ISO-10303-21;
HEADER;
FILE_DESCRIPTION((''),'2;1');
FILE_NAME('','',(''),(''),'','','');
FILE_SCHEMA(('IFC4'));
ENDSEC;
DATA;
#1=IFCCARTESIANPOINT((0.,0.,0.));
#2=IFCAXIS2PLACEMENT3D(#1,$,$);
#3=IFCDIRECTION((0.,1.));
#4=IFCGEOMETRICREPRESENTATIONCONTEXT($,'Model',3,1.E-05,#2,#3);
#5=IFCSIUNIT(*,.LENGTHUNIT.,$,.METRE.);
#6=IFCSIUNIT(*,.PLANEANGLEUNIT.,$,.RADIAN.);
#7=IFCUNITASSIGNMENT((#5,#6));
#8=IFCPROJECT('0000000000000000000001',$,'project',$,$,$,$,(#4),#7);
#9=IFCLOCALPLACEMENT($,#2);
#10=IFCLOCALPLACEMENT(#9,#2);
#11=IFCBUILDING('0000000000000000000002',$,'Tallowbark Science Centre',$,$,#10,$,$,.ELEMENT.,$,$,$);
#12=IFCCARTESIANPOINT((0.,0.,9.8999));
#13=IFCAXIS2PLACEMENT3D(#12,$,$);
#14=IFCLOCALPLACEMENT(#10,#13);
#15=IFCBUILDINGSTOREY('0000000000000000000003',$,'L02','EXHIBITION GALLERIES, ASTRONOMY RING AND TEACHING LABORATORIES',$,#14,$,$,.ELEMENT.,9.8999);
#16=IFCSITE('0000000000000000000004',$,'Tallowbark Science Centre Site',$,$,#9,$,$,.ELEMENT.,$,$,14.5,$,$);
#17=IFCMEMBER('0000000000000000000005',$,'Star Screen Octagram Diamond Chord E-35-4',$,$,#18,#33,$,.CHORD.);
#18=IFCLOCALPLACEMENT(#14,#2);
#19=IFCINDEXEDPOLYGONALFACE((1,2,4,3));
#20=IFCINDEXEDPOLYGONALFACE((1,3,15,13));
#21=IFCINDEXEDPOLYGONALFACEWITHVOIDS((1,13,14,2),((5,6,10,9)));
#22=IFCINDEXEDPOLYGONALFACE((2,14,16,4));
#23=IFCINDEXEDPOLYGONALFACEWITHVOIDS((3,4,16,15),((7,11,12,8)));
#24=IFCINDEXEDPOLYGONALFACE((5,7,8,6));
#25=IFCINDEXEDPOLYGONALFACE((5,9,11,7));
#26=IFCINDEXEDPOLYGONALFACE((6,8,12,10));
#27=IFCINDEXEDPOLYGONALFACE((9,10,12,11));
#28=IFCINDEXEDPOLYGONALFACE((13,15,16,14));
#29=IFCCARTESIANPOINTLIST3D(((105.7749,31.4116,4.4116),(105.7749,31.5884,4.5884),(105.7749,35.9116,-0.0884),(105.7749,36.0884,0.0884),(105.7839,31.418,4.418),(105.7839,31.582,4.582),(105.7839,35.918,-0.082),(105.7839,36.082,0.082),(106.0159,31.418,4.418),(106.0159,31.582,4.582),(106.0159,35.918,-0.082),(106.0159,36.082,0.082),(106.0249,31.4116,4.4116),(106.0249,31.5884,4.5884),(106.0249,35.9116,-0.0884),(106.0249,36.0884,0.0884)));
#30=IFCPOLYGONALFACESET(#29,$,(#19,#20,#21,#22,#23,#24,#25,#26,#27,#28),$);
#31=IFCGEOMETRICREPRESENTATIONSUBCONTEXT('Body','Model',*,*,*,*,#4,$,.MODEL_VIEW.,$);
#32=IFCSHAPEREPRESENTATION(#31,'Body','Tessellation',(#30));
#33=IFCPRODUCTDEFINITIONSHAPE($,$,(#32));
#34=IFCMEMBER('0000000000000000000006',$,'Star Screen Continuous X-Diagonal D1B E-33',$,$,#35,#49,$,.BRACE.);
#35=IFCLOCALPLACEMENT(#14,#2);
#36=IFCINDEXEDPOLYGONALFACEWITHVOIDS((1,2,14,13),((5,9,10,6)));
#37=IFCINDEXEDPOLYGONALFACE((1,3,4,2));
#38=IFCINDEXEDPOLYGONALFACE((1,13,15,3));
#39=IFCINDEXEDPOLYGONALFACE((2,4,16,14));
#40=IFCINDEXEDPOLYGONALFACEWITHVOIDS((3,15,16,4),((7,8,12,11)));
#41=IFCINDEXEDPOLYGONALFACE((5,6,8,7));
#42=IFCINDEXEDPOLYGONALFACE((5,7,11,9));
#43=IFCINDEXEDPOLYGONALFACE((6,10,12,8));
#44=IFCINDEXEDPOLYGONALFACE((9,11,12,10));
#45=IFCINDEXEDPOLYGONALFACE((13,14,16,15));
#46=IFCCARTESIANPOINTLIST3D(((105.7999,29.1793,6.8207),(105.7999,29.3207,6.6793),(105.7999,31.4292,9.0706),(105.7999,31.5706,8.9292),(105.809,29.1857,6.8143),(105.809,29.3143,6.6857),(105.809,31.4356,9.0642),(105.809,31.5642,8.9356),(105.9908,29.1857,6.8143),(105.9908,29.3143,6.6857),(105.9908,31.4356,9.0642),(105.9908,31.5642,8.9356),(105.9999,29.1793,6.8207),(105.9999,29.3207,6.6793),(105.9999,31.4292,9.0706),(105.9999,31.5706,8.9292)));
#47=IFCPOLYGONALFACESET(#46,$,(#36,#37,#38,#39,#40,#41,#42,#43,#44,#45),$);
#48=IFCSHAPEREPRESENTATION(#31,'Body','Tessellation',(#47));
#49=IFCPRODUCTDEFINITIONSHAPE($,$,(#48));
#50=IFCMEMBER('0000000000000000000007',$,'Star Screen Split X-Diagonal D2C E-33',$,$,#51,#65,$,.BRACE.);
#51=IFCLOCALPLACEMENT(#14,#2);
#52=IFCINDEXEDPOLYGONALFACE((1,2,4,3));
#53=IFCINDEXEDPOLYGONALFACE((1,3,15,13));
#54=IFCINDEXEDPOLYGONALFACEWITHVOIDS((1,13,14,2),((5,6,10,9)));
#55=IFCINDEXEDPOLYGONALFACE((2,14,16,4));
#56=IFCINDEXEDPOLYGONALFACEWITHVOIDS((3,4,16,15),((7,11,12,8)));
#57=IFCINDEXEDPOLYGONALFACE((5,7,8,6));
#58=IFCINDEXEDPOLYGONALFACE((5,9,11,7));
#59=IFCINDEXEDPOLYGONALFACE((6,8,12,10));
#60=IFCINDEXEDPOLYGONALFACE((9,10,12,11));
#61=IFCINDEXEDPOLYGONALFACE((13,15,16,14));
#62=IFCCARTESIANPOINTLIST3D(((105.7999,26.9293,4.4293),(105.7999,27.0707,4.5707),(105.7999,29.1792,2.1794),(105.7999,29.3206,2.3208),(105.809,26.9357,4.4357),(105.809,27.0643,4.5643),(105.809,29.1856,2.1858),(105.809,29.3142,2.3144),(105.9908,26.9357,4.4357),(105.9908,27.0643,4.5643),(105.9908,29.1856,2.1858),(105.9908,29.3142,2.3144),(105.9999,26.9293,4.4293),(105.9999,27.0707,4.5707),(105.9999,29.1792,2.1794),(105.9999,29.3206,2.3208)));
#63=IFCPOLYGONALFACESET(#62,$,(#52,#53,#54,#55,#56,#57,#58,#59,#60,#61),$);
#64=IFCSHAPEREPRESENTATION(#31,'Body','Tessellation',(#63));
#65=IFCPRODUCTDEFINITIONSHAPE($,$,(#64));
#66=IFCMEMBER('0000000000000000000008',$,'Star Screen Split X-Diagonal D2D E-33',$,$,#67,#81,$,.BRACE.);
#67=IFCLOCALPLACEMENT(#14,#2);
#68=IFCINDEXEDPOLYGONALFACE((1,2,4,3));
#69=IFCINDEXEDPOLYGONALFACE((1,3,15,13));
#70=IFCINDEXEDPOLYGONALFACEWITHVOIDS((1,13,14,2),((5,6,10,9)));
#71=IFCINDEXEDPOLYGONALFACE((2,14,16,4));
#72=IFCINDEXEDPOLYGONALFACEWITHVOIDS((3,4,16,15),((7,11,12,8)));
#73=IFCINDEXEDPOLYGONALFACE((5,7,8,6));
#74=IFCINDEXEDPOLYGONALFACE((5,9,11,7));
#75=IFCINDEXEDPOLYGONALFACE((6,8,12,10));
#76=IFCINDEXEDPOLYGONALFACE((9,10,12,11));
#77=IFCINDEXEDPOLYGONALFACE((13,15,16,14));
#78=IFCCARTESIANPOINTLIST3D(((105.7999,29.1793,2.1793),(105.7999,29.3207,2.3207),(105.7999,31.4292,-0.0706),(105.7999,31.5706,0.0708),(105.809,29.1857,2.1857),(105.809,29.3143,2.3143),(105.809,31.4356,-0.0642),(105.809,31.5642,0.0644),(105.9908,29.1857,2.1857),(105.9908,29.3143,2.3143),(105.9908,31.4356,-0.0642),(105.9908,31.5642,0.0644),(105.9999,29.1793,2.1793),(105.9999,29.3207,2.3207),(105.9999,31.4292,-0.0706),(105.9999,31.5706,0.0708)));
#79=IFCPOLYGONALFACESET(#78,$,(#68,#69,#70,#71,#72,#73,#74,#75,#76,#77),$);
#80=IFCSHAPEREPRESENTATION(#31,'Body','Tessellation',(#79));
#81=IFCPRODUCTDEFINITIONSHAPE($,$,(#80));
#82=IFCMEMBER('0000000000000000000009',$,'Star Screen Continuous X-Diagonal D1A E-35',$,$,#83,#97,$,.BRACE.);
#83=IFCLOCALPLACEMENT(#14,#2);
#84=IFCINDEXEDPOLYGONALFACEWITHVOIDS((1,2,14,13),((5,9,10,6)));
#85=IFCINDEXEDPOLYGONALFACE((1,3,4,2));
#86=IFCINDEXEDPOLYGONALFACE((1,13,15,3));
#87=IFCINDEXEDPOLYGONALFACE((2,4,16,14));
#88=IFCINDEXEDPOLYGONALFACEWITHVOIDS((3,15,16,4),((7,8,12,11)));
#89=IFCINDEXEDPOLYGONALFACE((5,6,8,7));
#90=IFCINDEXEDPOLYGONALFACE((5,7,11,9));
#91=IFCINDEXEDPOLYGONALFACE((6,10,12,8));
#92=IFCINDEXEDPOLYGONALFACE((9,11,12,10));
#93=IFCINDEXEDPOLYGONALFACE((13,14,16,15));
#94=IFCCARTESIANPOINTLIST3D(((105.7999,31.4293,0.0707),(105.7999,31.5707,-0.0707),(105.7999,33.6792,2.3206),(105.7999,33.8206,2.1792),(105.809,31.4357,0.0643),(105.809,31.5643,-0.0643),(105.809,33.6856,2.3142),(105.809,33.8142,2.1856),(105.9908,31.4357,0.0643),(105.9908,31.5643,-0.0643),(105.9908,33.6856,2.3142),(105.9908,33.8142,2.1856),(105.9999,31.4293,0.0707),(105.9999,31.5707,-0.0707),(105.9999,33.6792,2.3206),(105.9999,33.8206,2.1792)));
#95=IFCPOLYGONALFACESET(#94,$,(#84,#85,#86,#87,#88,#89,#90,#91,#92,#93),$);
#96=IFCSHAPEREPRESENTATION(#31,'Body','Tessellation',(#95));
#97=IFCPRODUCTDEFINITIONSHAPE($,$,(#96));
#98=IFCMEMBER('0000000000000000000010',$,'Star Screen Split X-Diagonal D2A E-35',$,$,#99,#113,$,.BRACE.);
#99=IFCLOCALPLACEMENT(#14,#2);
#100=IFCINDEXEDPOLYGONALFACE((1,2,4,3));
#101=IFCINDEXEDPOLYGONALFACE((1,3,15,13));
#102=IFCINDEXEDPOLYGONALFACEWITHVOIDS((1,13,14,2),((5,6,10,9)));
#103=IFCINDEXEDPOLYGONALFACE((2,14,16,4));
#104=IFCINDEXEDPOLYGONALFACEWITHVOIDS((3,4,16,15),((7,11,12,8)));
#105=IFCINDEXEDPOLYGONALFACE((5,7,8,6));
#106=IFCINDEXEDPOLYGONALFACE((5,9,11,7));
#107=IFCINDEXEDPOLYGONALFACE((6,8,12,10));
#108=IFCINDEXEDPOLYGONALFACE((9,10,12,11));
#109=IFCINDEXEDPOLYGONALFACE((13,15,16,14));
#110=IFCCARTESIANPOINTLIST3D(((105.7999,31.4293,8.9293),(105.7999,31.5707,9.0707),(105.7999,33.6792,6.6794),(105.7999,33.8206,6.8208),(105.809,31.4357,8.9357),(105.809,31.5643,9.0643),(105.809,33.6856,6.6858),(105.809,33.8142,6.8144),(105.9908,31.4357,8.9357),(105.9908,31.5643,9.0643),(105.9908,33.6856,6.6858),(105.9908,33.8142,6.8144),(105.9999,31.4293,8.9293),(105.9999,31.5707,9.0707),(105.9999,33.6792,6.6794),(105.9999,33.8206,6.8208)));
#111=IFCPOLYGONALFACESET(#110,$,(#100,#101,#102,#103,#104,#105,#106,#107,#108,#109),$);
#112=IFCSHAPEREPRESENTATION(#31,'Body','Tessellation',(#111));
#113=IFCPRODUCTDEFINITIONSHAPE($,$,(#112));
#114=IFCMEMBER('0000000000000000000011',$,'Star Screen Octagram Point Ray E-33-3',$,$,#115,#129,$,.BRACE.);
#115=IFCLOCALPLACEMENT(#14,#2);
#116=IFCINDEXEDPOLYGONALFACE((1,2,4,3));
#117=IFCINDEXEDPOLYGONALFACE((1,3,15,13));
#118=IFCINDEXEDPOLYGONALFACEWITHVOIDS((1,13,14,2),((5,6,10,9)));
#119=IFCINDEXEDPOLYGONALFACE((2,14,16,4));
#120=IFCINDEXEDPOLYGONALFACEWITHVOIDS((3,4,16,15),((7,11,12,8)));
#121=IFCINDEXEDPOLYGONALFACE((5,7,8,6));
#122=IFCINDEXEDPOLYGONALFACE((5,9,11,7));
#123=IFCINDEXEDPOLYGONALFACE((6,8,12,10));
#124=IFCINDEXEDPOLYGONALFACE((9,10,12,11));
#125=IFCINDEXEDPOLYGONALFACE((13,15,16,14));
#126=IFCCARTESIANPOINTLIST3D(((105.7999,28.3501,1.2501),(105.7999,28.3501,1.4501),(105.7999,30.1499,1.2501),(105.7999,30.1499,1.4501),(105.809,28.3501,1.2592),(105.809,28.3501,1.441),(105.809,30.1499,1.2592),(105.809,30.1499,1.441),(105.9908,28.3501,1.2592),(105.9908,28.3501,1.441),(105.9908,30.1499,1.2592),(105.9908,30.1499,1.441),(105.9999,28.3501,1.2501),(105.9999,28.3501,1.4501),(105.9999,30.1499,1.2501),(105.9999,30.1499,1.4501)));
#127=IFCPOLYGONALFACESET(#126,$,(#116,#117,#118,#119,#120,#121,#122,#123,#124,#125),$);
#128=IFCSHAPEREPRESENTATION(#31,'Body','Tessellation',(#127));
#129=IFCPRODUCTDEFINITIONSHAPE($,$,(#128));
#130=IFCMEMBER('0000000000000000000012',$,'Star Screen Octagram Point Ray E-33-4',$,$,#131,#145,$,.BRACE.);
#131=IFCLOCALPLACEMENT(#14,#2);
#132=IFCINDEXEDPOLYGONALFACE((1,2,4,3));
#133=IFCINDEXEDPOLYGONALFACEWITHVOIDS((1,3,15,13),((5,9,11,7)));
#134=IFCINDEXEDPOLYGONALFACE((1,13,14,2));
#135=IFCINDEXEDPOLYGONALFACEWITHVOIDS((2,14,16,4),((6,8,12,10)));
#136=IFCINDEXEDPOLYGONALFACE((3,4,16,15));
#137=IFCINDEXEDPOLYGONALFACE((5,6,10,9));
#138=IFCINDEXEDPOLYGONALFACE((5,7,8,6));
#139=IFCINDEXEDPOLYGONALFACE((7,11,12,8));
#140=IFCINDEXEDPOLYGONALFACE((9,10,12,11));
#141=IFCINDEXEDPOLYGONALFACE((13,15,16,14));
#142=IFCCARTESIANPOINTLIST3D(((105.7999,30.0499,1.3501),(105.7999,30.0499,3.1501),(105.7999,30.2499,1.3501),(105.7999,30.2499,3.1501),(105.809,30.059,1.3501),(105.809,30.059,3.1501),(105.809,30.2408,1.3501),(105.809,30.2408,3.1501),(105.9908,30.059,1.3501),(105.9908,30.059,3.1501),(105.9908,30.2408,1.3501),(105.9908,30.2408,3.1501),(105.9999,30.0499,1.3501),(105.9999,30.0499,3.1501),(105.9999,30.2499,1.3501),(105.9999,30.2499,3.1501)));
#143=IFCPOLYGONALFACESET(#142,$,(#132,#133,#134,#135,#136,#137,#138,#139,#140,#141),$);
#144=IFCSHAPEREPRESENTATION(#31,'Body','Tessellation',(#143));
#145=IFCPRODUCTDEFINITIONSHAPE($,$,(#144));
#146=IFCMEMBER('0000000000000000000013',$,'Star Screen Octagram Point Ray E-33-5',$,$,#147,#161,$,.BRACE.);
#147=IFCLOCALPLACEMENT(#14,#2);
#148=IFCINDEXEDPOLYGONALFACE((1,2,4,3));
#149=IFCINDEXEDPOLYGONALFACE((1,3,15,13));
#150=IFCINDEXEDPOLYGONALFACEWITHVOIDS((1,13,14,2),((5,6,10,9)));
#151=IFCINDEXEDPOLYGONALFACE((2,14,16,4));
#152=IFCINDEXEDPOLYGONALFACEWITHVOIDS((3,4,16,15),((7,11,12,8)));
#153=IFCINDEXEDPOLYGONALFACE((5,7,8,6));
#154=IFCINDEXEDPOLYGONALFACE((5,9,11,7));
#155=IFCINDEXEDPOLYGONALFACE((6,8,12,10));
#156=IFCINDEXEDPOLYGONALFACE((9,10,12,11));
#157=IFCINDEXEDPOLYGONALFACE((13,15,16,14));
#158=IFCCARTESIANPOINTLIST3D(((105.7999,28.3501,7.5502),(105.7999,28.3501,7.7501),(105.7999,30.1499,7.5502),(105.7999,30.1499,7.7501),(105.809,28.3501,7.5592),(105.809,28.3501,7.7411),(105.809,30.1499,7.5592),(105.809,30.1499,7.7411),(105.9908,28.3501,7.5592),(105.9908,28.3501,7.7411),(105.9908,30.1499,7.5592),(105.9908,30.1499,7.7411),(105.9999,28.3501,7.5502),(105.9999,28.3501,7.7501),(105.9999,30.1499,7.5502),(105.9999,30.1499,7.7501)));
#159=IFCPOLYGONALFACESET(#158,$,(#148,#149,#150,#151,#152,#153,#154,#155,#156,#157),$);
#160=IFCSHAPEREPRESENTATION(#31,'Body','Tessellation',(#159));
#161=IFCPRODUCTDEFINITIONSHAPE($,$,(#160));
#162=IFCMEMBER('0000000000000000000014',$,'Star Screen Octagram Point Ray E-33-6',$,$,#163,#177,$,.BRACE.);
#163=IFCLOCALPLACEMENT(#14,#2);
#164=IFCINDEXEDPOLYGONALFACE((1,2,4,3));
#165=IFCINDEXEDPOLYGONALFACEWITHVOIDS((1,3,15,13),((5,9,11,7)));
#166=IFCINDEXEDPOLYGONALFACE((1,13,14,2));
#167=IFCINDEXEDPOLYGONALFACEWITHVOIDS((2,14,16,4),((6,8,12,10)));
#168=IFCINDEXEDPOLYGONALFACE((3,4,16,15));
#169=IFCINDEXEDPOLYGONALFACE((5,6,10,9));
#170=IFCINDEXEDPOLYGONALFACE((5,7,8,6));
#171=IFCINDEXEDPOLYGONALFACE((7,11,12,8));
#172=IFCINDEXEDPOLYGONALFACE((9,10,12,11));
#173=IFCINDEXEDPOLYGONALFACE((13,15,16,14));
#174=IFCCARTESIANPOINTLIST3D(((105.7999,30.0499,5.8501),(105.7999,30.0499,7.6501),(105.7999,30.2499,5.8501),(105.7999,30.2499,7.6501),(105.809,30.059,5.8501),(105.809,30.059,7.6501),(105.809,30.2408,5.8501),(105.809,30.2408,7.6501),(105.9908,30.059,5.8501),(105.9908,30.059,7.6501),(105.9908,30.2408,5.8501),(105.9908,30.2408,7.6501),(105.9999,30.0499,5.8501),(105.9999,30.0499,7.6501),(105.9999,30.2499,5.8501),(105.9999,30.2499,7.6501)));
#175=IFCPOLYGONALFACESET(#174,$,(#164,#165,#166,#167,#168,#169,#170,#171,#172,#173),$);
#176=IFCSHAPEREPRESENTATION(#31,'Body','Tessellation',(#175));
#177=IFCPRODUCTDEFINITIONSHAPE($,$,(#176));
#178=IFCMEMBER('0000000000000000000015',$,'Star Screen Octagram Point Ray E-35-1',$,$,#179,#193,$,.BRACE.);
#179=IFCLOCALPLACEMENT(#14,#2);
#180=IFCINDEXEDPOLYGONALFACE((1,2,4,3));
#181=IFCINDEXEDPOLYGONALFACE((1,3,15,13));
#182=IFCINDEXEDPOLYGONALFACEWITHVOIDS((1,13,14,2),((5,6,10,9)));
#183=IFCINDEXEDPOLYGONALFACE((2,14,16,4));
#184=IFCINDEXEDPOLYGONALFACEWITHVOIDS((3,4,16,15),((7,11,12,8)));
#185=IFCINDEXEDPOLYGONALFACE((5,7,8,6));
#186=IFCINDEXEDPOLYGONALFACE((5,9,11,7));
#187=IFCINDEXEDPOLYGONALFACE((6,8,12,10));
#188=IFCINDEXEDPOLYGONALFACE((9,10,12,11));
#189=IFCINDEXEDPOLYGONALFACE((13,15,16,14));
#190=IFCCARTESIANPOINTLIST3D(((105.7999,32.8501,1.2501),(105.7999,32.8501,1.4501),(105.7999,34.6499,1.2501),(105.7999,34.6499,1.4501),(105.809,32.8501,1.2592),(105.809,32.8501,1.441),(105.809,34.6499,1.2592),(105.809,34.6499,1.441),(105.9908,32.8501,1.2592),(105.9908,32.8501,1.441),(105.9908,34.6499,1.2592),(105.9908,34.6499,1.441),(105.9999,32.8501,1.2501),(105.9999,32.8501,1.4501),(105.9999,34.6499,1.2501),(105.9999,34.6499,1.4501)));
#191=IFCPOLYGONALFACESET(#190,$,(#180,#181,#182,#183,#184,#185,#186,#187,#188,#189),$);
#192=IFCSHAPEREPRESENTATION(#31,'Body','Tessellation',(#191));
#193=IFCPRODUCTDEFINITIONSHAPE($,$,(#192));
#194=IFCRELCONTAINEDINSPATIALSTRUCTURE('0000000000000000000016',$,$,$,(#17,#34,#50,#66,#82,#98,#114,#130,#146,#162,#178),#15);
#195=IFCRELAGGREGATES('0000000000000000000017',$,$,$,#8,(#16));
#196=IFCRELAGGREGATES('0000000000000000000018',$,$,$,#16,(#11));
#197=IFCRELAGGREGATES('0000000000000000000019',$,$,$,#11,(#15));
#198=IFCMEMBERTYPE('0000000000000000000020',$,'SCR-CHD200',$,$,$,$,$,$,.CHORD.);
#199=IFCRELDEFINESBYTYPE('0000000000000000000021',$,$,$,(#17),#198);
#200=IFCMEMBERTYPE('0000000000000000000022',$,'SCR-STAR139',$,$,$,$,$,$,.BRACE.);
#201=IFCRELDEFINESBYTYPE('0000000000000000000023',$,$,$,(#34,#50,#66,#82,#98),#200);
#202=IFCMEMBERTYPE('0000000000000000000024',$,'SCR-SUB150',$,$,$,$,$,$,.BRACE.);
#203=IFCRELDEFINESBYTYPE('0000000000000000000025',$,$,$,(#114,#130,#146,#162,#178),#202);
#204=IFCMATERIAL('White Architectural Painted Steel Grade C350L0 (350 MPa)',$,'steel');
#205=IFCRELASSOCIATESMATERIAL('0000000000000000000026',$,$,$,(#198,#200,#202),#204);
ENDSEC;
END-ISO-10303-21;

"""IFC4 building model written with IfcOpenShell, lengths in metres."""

from ifc_helpers import new_model, si_unit, direction, frame, origin, origin_2d, place, context, subcontext, project, spatial, hollow_rectangle, extrude, material, material_profile, profile_set, type_object, element, save


model = new_model("IFC4")

# Units and contexts
model_context = context("Model", 3, precision=1e-05, world=origin(), true_north=direction((0.0, 1.0)))
body_context = subcontext(model_context, "Body", "Model", "MODEL_VIEW")
ifc_project = project(units=[si_unit("LENGTHUNIT", "METRE"), si_unit("PLANEANGLEUNIT", "RADIAN")], contexts=[model_context])

# Site, building, storey
site_placement = place(None, origin())
site = spatial("IfcSite", under=ifc_project, at=site_placement, Name="Tallowbark Science Centre Site", CompositionType="ELEMENT", RefElevation=14.5)
building_placement = place(site_placement, origin())
building = spatial("IfcBuilding", under=site, at=building_placement, Name="Tallowbark Science Centre", CompositionType="ELEMENT")
storey_placement = place(building_placement, frame((0.0, 0.0, 9.8999)))
storey = spatial("IfcBuildingStorey", under=building, at=storey_placement, Name="L02", Description="EXHIBITION GALLERIES, ASTRONOMY RING AND TEACHING LABORATORIES", CompositionType="ELEMENT", Elevation=9.8999)

# Shared definitions
ifc_material_1 = material(Name="White Architectural Painted Steel Grade C350L0 (350 MPa)", Category="steel")

# Members
ifc_material_profile_1 = material_profile(ifc_material_1, hollow_rectangle(XDim=0.25, YDim=0.25, WallThickness=0.009, at=origin_2d()), Name="250x250x9.0SHS")
ifc_profile_set_1 = profile_set([ifc_material_profile_1], Name="White Architectural Painted Steel Grade C350L0 (350 MPa)")
member_type_1 = type_object("IfcMemberType", Name="SCR-CHD200", PredefinedType="CHORD", material=ifc_profile_set_1)
member_1_placement = place(storey_placement, frame((105.8999, 31.5, 4.5), z_axis=(0.0, 0.707107, -0.707107), x_axis=(-1.0, 0.0, 0.0)))
element("IfcMember", 1, at=member_1_placement, inside=storey, type_object=member_type_1, Name="Star Screen Octagram Diamond Chord E-35-4", PredefinedType="CHORD", context=body_context, shape_type="SweptSolid", body=[
    extrude(hollow_rectangle(XDim=0.25, YDim=0.25, WallThickness=0.009, at=origin_2d()), origin(), (0.0, 0.0, 1.0), 6.364),
])
ifc_material_profile_2 = material_profile(ifc_material_1, hollow_rectangle(XDim=0.2, YDim=0.2, WallThickness=0.009, at=origin_2d()), Name="200x200x9.0SHS")
ifc_profile_set_2 = profile_set([ifc_material_profile_2], Name="White Architectural Painted Steel Grade C350L0 (350 MPa)")
member_type_2 = type_object("IfcMemberType", Name="SCR-STAR139", PredefinedType="BRACE", material=ifc_profile_set_2)
for number, where, z_axis, x_axis, name in (
    (2, (105.8999, 29.25, 6.75), (0.0, 0.707107, 0.707107), (-1.0, 0.0, 0.0), "Star Screen Continuous X-Diagonal D1B E-33"),
    (3, (105.8999, 27.0, 4.5), (0.0, 0.707107, -0.707107), (-1.0, 0.0, 0.0), "Star Screen Split X-Diagonal D2C E-33"),
    (4, (105.8999, 29.25, 2.25), (0.0, 0.707107, -0.707107), (-1.0, 0.0, 0.0), "Star Screen Split X-Diagonal D2D E-33"),
    (5, (105.8999, 31.5, 0.0), (0.0, 0.707107, 0.707107), (-1.0, 0.0, 0.0), "Star Screen Continuous X-Diagonal D1A E-35"),
    (6, (105.8999, 31.5, 9.0), (0.0, 0.707107, -0.707107), (-1.0, 0.0, 0.0), "Star Screen Split X-Diagonal D2A E-35"),
):
    element("IfcMember", number, at=place(storey_placement, frame(where, z_axis=z_axis, x_axis=x_axis)), inside=storey, type_object=member_type_2, Name=name, PredefinedType="BRACE", context=body_context, shape_type="SweptSolid", body=[
        extrude(hollow_rectangle(XDim=0.2, YDim=0.2, WallThickness=0.009, at=origin_2d()), origin(), (0.0, 0.0, 1.0), 3.1819),
    ])
ifc_material_profile_3 = material_profile(ifc_material_1, hollow_rectangle(XDim=0.2, YDim=0.2, WallThickness=0.009, at=origin_2d()), Name="200x200x9.0SHS")
ifc_profile_set_3 = profile_set([ifc_material_profile_3], Name="White Architectural Painted Steel Grade C350L0 (350 MPa)")
member_type_3 = type_object("IfcMemberType", Name="SCR-SUB150", PredefinedType="BRACE", material=ifc_profile_set_3)
member_2_placement = place(storey_placement, frame((105.8999, 30.1499, 1.3501), z_axis=(0.0, -1.0, 0.0), x_axis=(1.0, 0.0, 0.0)))
element("IfcMember", 7, at=member_2_placement, inside=storey, type_object=member_type_3, Name="Star Screen Octagram Point Ray E-33-3", PredefinedType="BRACE", context=body_context, shape_type="SweptSolid", body=[
    extrude(hollow_rectangle(XDim=0.2, YDim=0.2, WallThickness=0.009, at=origin_2d()), origin(), (0.0, 0.0, 1.0), 1.7998),
])
member_3_placement = place(storey_placement, frame((105.8999, 30.1499, 1.3501), z_axis=(0.0, 0.0, 1.0), x_axis=(1.0, 0.0, 0.0)))
element("IfcMember", 8, at=member_3_placement, inside=storey, type_object=member_type_3, Name="Star Screen Octagram Point Ray E-33-4", PredefinedType="BRACE", context=body_context, shape_type="SweptSolid", body=[
    extrude(hollow_rectangle(XDim=0.2, YDim=0.2, WallThickness=0.009, at=origin_2d()), origin(), (0.0, 0.0, 1.0), 1.8),
])
member_4_placement = place(storey_placement, frame((105.8999, 30.1499, 7.6501), z_axis=(0.0, -1.0, 0.0), x_axis=(1.0, 0.0, 0.0)))
element("IfcMember", 9, at=member_4_placement, inside=storey, type_object=member_type_3, Name="Star Screen Octagram Point Ray E-33-5", PredefinedType="BRACE", context=body_context, shape_type="SweptSolid", body=[
    extrude(hollow_rectangle(XDim=0.2, YDim=0.2, WallThickness=0.009, at=origin_2d()), origin(), (0.0, 0.0, 1.0), 1.7998),
])
member_5_placement = place(storey_placement, frame((105.8999, 30.1499, 7.6501), z_axis=(0.0, 0.0, -1.0), x_axis=(1.0, 0.0, 0.0)))
element("IfcMember", 10, at=member_5_placement, inside=storey, type_object=member_type_3, Name="Star Screen Octagram Point Ray E-33-6", PredefinedType="BRACE", context=body_context, shape_type="SweptSolid", body=[
    extrude(hollow_rectangle(XDim=0.2, YDim=0.2, WallThickness=0.009, at=origin_2d()), origin(), (0.0, 0.0, 1.0), 1.8),
])
member_6_placement = place(storey_placement, frame((105.8999, 32.8501, 1.3501), z_axis=(0.0, 1.0, 0.0), x_axis=(-1.0, 0.0, 0.0)))
element("IfcMember", 11, at=member_6_placement, inside=storey, type_object=member_type_3, Name="Star Screen Octagram Point Ray E-35-1", PredefinedType="BRACE", context=body_context, shape_type="SweptSolid", body=[
    extrude(hollow_rectangle(XDim=0.2, YDim=0.2, WallThickness=0.009, at=origin_2d()), origin(), (0.0, 0.0, 1.0), 1.7998),
])

save(model, "model.ifc")
